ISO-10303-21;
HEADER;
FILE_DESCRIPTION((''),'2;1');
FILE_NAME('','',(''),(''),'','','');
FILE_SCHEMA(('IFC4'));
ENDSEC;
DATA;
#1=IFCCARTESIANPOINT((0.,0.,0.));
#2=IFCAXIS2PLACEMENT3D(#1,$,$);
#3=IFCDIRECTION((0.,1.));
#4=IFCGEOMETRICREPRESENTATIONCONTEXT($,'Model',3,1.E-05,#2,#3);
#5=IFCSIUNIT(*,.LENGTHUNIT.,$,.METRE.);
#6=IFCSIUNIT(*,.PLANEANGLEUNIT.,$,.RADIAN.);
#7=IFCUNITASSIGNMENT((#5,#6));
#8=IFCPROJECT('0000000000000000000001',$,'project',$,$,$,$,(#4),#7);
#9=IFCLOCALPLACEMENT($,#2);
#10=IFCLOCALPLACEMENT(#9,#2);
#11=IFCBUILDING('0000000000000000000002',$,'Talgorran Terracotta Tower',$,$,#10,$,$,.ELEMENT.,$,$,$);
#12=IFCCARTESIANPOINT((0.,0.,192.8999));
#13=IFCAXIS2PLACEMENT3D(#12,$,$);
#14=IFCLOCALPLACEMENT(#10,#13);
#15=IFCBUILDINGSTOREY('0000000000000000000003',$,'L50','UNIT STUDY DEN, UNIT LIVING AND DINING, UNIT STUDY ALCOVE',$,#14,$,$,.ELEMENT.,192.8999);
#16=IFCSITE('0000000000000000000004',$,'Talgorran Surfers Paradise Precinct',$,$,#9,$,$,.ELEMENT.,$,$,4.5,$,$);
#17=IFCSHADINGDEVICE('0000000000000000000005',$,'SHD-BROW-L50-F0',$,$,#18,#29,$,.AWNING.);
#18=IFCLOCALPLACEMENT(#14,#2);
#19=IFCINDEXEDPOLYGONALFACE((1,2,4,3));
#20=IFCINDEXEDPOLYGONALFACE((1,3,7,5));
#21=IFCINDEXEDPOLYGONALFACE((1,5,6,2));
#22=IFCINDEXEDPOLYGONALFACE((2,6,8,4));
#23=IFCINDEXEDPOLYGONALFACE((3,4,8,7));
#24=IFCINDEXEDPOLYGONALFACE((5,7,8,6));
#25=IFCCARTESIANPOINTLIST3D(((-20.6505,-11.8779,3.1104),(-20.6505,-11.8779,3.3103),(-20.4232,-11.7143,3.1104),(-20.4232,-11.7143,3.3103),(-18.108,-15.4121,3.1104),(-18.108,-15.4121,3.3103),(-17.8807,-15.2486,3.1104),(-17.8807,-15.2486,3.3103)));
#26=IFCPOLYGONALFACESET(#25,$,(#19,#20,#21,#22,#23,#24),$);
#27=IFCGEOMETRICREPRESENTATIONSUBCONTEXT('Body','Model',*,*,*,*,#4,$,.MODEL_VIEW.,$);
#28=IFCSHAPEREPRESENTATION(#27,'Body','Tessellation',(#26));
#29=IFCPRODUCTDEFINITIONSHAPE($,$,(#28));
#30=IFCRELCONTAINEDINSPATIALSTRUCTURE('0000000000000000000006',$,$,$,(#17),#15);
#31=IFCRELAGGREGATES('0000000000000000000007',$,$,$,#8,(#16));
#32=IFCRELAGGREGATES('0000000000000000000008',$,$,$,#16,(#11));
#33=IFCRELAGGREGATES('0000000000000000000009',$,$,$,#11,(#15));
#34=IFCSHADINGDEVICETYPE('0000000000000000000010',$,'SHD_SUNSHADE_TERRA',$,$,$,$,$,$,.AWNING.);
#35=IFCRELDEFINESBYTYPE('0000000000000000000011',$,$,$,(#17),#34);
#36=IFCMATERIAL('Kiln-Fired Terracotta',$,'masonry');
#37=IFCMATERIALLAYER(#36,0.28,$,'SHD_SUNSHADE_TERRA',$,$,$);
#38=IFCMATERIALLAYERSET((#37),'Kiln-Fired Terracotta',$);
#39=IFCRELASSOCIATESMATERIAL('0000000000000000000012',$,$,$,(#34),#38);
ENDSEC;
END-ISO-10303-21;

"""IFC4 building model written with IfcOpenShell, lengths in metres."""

from ifc_helpers import new_model, si_unit, direction, frame, origin, origin_2d, place, context, subcontext, project, spatial, rectangle, extrude, source, transform, mapped, material, layer, layer_set, type_object, type_shapes, element, save


model = new_model("IFC4")

# Units and contexts
model_context = context("Model", 3, precision=1e-05, world=origin(), true_north=direction((0.0, 1.0)))
body_context = subcontext(model_context, "Body", "Model", "MODEL_VIEW")
ifc_project = project(units=[si_unit("LENGTHUNIT", "METRE"), si_unit("PLANEANGLEUNIT", "RADIAN")], contexts=[model_context])

# Site, building, storey
site_placement = place(None, origin())
site = spatial("IfcSite", under=ifc_project, at=site_placement, Name="Talgorran Surfers Paradise Precinct", CompositionType="ELEMENT", RefElevation=4.5)
building_placement = place(site_placement, origin())
building = spatial("IfcBuilding", under=site, at=building_placement, Name="Talgorran Terracotta Tower", CompositionType="ELEMENT")
storey_placement = place(building_placement, frame((0.0, 0.0, 192.8999)))
storey = spatial("IfcBuildingStorey", under=building, at=storey_placement, Name="L50", Description="UNIT STUDY DEN, UNIT LIVING AND DINING, UNIT STUDY ALCOVE", CompositionType="ELEMENT", Elevation=192.8999)

# Shading device
ifc_material_1 = material(Name="Kiln-Fired Terracotta", Category="masonry")
ifc_layer_1 = layer(ifc_material_1, 0.28, Name="SHD_SUNSHADE_TERRA")
ifc_layer_set_1 = layer_set([ifc_layer_1], Name="Kiln-Fired Terracotta")
shading_device_type = type_object("IfcShadingDeviceType", Name="SHD_SUNSHADE_TERRA", PredefinedType="AWNING", material=ifc_layer_set_1)
shared_shape_1 = source(origin(), body_context, "Body", "SweptSolid", [
    extrude(rectangle(XDim=4.3538, YDim=0.28, at=origin_2d()), origin(), (0.0, 0.0, 1.0), 0.2),
])
type_shapes(shading_device_type, [shared_shape_1])
shading_device_placement = place(storey_placement, frame((-19.2656, -13.5632, 3.1104), z_axis=(0.0, 0.0, 1.0), x_axis=(0.583981, -0.811768, 0.0)))
element("IfcShadingDevice", 1, at=shading_device_placement, inside=storey, type_object=shading_device_type, Name="SHD-BROW-L50-F0", PredefinedType="AWNING", context=body_context, shape_type="MappedRepresentation", body=[
    mapped(shared_shape_1, transform((0.0, 0.0, 0.0), scale=1.0)),
])

save(model, "model.ifc")
